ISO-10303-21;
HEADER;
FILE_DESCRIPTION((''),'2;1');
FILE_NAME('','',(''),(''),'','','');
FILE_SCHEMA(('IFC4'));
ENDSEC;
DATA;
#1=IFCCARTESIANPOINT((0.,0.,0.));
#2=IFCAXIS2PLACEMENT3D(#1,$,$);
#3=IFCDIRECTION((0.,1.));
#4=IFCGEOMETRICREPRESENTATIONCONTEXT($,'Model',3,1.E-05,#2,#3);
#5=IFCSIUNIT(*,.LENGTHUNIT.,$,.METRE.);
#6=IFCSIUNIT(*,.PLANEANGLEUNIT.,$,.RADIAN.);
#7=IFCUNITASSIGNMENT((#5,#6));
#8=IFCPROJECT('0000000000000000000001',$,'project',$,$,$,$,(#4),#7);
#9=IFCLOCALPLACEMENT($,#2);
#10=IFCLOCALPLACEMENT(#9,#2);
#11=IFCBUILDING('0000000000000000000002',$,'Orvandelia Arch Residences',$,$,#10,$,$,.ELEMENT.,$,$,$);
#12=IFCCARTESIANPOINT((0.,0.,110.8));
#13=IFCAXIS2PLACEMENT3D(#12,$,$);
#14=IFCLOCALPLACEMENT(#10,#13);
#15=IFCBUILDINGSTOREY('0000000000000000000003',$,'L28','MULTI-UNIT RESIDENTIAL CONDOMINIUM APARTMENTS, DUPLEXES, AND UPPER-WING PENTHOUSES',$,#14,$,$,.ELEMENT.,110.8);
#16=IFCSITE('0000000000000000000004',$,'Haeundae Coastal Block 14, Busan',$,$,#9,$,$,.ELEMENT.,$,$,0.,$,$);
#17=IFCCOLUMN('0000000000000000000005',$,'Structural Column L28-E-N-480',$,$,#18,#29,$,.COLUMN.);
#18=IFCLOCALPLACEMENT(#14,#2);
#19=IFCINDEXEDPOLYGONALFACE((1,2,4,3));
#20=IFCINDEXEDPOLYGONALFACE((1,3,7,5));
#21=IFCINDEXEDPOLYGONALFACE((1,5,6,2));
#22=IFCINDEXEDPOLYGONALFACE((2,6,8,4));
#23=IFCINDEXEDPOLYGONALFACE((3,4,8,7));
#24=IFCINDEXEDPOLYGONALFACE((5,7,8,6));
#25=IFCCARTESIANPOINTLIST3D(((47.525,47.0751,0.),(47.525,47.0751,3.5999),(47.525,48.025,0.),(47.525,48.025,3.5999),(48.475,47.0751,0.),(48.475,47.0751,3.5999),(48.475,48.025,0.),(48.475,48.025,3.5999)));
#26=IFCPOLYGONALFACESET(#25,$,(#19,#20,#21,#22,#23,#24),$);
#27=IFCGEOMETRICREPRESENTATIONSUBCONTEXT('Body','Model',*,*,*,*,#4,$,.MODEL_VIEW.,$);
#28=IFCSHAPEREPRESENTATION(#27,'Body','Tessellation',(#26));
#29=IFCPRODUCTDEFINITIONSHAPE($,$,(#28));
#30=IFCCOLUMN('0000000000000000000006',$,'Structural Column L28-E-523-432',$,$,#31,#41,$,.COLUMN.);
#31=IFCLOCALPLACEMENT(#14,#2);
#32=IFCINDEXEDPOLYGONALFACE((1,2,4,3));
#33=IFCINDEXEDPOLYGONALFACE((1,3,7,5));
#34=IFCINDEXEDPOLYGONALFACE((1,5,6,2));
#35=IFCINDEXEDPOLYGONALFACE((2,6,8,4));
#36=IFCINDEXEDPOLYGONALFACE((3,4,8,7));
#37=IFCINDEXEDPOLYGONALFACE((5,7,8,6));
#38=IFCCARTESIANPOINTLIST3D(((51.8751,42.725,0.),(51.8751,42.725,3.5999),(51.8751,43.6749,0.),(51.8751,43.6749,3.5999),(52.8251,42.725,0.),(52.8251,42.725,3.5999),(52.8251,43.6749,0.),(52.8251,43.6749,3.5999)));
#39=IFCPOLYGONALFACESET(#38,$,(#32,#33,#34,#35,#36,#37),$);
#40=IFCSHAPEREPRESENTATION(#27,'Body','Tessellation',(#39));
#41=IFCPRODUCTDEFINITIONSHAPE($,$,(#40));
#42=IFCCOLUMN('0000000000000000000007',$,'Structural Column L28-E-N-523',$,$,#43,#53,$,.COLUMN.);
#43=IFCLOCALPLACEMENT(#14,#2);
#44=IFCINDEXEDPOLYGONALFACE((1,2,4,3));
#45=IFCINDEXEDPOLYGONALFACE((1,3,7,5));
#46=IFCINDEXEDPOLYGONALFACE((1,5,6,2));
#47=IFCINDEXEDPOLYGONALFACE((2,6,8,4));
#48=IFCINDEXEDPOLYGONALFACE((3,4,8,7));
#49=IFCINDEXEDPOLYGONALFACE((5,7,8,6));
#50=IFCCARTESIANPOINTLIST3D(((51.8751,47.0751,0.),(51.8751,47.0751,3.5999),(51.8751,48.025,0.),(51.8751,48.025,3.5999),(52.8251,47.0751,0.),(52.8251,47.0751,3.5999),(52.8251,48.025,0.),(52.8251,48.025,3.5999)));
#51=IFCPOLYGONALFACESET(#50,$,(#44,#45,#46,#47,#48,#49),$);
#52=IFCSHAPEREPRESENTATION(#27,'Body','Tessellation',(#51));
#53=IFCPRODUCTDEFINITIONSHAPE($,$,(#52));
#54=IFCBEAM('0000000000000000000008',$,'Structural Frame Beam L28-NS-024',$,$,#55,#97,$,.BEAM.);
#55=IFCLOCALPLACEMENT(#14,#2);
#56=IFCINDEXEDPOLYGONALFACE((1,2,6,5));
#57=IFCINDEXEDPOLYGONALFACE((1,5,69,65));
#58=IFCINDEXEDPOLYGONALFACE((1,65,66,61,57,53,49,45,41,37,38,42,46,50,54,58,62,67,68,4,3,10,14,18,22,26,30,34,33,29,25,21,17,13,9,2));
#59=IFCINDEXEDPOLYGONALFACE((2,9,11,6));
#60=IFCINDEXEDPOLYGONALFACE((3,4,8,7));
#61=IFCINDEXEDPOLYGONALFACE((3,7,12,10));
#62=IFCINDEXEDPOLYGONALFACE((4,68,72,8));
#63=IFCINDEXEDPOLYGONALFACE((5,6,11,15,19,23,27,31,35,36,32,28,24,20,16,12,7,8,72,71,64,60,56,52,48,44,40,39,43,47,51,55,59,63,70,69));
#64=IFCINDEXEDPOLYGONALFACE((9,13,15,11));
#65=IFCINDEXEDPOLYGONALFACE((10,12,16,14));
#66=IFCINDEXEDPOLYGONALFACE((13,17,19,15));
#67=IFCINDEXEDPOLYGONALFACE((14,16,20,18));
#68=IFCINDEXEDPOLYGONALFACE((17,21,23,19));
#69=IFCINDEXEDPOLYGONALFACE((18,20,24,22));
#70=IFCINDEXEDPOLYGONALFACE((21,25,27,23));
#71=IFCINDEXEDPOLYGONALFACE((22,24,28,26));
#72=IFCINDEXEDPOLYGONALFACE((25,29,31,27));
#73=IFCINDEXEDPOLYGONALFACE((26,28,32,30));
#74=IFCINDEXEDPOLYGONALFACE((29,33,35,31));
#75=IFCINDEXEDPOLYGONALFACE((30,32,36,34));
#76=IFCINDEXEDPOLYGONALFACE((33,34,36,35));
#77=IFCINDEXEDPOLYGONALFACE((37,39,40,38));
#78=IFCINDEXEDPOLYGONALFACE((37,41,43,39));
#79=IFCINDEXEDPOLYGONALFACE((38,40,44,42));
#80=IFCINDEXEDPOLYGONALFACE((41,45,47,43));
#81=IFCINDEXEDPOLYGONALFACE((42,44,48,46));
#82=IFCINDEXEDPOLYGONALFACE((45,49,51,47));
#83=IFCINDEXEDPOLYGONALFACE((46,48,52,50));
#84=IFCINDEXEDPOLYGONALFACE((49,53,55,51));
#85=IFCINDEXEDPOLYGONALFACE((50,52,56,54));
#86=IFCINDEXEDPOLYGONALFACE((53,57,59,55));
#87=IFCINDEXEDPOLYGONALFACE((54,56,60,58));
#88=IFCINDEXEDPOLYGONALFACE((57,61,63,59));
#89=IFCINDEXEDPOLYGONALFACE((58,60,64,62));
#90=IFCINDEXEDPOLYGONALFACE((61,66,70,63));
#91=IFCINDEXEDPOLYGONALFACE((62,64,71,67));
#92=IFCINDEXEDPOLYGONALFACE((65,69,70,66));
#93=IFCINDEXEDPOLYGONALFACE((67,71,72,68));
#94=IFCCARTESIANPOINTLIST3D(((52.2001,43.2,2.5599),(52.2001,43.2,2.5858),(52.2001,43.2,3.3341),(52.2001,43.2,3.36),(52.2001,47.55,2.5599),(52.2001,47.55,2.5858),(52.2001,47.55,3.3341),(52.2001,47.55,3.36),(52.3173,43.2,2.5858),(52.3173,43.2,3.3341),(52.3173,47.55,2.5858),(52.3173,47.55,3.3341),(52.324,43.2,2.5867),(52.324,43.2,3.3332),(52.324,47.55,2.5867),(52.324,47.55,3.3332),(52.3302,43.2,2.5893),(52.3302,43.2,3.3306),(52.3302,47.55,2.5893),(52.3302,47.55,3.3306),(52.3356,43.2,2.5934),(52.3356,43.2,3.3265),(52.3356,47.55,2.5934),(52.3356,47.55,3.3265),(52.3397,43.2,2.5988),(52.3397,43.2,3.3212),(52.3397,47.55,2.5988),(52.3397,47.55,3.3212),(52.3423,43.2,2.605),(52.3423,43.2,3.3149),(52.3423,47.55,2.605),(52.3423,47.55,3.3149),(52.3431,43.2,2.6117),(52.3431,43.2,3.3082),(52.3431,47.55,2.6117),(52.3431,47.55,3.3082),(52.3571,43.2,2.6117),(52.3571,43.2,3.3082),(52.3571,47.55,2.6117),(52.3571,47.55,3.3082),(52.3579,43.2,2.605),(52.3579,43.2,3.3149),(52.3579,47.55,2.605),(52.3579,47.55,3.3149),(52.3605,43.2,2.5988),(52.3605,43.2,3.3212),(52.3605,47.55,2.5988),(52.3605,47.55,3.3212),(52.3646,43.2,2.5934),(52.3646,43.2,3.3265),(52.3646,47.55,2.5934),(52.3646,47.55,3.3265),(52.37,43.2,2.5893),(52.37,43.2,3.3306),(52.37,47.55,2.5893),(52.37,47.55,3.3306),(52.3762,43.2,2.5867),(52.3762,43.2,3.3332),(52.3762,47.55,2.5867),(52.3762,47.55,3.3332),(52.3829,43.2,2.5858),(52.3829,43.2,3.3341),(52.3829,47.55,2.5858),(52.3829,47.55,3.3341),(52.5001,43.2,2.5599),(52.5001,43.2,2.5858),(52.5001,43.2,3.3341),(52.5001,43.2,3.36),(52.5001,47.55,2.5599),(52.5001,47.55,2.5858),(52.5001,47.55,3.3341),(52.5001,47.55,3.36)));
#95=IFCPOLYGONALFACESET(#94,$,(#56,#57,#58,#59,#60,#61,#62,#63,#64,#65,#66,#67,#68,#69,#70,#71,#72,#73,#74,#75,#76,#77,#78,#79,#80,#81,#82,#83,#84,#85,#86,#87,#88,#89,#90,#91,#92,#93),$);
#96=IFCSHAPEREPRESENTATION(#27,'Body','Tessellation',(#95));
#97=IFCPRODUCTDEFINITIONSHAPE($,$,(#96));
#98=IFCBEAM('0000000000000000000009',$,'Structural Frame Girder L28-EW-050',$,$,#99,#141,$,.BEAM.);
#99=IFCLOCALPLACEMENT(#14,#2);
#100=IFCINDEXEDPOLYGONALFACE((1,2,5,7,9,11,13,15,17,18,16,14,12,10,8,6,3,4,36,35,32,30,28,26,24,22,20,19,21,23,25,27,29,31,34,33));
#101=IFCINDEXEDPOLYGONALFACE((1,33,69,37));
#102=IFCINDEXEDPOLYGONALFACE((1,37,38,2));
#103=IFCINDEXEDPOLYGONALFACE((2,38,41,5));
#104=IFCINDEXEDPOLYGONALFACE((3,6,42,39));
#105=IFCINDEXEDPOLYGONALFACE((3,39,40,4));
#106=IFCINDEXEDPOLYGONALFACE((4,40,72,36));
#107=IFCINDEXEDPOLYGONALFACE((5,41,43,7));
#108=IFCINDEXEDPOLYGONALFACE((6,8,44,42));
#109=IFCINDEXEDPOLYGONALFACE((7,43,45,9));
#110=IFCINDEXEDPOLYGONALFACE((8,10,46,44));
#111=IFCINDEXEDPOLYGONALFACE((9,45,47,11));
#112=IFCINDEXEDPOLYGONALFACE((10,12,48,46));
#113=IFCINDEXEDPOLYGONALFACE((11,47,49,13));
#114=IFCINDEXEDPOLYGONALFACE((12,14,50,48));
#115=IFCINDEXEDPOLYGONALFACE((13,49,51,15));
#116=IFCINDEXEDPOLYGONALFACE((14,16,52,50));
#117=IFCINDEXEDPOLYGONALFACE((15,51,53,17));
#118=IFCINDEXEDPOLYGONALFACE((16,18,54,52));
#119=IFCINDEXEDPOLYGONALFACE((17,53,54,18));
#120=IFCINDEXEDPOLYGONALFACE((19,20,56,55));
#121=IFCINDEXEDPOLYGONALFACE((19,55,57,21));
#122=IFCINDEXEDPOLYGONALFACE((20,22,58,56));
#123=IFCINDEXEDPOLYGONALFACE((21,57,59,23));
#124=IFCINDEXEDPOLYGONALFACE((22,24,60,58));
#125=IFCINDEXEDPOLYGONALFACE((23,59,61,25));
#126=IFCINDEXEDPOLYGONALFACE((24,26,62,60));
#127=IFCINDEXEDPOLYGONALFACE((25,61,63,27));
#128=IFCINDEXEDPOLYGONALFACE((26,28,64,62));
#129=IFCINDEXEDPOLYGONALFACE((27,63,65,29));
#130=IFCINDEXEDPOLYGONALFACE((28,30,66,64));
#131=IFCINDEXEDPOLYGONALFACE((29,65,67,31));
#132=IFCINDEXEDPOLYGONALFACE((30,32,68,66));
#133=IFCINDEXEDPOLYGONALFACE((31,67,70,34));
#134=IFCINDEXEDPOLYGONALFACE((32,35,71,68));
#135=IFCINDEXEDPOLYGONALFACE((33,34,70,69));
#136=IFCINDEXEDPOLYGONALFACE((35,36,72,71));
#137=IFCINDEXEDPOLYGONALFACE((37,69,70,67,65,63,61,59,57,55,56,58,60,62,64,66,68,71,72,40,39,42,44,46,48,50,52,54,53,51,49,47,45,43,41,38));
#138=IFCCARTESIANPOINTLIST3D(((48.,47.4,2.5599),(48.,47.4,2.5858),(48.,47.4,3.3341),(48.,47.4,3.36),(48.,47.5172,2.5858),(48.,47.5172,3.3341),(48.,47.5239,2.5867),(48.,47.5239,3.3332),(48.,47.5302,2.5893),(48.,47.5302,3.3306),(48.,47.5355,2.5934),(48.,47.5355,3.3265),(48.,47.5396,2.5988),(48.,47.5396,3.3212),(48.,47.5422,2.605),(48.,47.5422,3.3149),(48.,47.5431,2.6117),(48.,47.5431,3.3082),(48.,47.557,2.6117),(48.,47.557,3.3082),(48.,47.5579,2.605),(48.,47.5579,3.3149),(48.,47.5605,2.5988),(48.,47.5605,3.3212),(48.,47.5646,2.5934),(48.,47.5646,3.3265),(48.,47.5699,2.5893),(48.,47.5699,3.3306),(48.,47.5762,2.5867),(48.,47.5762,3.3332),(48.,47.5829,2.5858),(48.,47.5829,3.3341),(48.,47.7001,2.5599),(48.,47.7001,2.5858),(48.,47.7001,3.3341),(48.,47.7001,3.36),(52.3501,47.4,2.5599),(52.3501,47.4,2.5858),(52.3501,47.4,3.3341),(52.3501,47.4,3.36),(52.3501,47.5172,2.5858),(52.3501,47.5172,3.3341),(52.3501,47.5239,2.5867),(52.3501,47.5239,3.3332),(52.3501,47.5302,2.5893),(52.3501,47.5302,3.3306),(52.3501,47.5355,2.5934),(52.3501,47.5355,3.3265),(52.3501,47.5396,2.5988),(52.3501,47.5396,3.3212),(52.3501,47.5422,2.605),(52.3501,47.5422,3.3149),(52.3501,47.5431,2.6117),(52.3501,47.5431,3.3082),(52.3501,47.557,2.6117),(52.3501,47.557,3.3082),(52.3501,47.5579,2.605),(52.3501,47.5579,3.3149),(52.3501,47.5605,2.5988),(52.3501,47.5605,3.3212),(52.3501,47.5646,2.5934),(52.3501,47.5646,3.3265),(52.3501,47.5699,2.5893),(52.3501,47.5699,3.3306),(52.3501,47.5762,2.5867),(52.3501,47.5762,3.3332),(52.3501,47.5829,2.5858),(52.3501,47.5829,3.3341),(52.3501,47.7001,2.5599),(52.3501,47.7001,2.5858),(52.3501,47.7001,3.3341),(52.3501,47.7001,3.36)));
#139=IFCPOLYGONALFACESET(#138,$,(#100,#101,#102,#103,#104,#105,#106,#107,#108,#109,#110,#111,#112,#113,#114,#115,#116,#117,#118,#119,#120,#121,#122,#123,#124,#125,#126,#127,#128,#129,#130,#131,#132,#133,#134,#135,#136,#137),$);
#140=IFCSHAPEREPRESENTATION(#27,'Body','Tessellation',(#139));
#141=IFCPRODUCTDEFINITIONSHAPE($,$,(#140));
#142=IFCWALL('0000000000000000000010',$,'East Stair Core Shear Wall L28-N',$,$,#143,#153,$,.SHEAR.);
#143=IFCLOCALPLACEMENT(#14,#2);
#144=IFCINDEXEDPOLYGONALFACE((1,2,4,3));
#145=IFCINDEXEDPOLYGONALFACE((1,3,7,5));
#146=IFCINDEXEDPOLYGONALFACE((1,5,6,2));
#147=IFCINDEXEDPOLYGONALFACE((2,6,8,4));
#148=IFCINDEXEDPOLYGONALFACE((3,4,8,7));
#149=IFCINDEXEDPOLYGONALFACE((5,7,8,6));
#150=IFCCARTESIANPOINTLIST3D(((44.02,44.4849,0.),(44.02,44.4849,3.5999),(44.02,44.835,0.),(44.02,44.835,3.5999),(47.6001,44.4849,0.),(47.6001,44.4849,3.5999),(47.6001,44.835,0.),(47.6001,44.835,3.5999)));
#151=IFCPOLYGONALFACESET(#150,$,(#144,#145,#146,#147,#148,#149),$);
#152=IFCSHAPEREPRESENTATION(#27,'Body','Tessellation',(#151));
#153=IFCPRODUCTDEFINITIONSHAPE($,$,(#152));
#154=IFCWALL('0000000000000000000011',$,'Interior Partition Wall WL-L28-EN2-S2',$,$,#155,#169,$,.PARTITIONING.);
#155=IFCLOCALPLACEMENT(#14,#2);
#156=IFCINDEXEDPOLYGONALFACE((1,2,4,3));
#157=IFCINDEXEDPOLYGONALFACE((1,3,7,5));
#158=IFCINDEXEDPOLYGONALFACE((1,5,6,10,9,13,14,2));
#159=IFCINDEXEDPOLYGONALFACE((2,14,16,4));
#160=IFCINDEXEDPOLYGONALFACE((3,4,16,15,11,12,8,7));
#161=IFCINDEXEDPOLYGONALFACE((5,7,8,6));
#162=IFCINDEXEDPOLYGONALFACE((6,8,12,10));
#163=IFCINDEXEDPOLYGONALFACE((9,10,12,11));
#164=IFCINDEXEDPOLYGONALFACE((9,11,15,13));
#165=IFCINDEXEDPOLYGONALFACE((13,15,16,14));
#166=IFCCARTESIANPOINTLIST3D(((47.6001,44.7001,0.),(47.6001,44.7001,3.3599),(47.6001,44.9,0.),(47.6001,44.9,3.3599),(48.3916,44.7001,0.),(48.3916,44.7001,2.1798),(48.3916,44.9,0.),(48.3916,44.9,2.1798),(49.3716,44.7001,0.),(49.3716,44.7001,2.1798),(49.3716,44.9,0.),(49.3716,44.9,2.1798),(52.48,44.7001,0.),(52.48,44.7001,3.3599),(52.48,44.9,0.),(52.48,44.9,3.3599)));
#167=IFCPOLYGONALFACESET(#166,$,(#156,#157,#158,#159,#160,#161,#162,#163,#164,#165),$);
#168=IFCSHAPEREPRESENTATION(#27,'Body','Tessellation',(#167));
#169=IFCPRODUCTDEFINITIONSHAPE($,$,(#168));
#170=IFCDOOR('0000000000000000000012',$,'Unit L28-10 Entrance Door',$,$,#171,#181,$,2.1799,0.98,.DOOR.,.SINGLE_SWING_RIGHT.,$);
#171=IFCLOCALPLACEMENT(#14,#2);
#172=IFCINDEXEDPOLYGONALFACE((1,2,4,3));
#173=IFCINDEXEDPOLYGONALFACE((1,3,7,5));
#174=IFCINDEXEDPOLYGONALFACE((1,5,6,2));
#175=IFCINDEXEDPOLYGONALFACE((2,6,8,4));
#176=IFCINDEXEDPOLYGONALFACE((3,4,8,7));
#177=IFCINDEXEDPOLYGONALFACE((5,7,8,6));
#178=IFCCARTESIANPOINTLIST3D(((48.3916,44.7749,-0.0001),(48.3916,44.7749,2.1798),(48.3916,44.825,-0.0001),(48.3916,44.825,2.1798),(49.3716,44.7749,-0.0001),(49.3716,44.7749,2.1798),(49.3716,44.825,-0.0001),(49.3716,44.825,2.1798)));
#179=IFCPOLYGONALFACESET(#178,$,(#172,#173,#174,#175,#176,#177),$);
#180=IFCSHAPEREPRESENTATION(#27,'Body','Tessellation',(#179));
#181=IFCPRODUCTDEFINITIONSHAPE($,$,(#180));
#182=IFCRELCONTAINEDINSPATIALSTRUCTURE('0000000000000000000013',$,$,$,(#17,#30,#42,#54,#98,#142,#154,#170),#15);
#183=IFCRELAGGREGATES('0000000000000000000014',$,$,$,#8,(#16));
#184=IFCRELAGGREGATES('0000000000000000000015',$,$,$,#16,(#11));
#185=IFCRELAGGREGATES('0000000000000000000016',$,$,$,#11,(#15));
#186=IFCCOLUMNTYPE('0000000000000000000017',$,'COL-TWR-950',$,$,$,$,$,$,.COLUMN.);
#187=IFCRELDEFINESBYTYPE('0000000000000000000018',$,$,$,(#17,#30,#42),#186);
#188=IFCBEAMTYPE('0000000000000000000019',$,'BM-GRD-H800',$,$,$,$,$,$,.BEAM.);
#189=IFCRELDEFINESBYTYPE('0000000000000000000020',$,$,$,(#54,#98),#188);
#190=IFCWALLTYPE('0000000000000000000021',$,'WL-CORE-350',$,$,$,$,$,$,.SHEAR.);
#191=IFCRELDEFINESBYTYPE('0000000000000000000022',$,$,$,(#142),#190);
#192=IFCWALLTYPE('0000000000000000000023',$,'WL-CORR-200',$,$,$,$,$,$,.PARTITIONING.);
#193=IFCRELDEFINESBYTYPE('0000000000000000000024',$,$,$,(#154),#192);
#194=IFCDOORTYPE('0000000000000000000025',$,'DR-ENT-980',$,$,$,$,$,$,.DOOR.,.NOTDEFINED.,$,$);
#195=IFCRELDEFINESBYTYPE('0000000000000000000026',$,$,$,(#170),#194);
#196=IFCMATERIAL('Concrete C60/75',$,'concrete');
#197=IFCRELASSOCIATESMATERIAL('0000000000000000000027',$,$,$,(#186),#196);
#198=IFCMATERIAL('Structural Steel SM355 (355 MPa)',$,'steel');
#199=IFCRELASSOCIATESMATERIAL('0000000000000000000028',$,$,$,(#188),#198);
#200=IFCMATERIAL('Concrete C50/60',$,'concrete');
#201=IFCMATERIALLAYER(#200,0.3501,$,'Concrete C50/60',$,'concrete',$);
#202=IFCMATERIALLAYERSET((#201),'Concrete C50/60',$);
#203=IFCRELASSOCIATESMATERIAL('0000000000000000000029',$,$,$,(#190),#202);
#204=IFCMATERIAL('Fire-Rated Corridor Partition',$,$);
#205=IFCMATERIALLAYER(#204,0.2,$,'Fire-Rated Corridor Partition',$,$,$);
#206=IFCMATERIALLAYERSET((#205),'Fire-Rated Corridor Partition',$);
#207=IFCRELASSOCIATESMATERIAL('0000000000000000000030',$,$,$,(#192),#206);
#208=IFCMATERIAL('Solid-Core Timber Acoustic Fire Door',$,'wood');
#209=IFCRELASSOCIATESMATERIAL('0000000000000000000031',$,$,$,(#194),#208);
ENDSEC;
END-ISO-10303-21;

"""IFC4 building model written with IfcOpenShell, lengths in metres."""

from ifc_helpers import new_model, si_unit, direction, frame, frame_2d, origin, origin_2d, place, context, subcontext, project, spatial, rectangle, i_section, extrude, material, layer, layer_set, material_profile, profile_set, type_object, element, fill, save


model = new_model("IFC4")

# Units and contexts
model_context = context("Model", 3, precision=1e-05, world=origin(), true_north=direction((0.0, 1.0)))
body_context = subcontext(model_context, "Body", "Model", "MODEL_VIEW")
ifc_project = project(units=[si_unit("LENGTHUNIT", "METRE"), si_unit("PLANEANGLEUNIT", "RADIAN")], contexts=[model_context])

# Site, building, storey
site_placement = place(None, origin())
site = spatial("IfcSite", under=ifc_project, at=site_placement, Name="Haeundae Coastal Block 14, Busan", CompositionType="ELEMENT", RefElevation=0.0)
building_placement = place(site_placement, origin())
building = spatial("IfcBuilding", under=site, at=building_placement, Name="Orvandelia Arch Residences", CompositionType="ELEMENT")
storey_placement = place(building_placement, frame((0.0, 0.0, 110.8)))
storey = spatial("IfcBuildingStorey", under=building, at=storey_placement, Name="L28", Description="MULTI-UNIT RESIDENTIAL CONDOMINIUM APARTMENTS, DUPLEXES, AND UPPER-WING PENTHOUSES", CompositionType="ELEMENT", Elevation=110.8)

# Columns
ifc_material_1 = material(Name="Concrete C60/75", Category="concrete")
ifc_material_profile_1 = material_profile(ifc_material_1, rectangle(XDim=0.95, YDim=0.95, at=origin_2d()), Name="Concrete C60/75", Category="concrete")
ifc_profile_set_1 = profile_set([ifc_material_profile_1], Name="Concrete C60/75")
column_type = type_object("IfcColumnType", Name="COL-TWR-950", PredefinedType="COLUMN", material=ifc_profile_set_1)
for number, where, z_axis, x_axis, name in (
    (1, (48.0, 47.55, 0.0), (0.0, 0.0, 1.0), (1.0, 0.0, 0.0), "Structural Column L28-E-N-480"),
    (2, (52.3501, 43.2, 0.0), (0.0, 0.0, 1.0), (1.0, 0.0, 0.0), "Structural Column L28-E-523-432"),
    (3, (52.3501, 47.55, 0.0), (0.0, 0.0, 1.0), (1.0, 0.0, 0.0), "Structural Column L28-E-N-523"),
):
    element("IfcColumn", number, at=place(storey_placement, frame(where, z_axis=z_axis, x_axis=x_axis)), inside=storey, type_object=column_type, Name=name, PredefinedType="COLUMN", context=body_context, shape_type="SweptSolid", body=[
        extrude(rectangle(XDim=0.95, YDim=0.95, at=origin_2d()), origin(), (0.0, 0.0, 1.0), 3.5999),
    ])

# Beams
ifc_material_2 = material(Name="Structural Steel SM355 (355 MPa)", Category="steel")
ifc_material_profile_2 = material_profile(ifc_material_2, i_section(OverallWidth=0.3, OverallDepth=0.8, WebThickness=0.0139, FlangeThickness=0.0259, FilletRadius=0.0259, at=origin_2d()), Name="Structural Steel SM355 (355 MPa)", Category="steel")
ifc_profile_set_2 = profile_set([ifc_material_profile_2], Name="Structural Steel SM355 (355 MPa)")
beam_type = type_object("IfcBeamType", Name="BM-GRD-H800", PredefinedType="BEAM", material=ifc_profile_set_2)
for number, where, z_axis, x_axis, name in (
    (4, (52.3501, 43.2, 2.96), (0.0, 1.0, 0.0), (-1.0, 0.0, 0.0), "Structural Frame Beam L28-NS-024"),
    (5, (48.0, 47.55, 2.96), (1.0, 0.0, 0.0), (0.0, 1.0, 0.0), "Structural Frame Girder L28-EW-050"),
):
    element("IfcBeam", number, at=place(storey_placement, frame(where, z_axis=z_axis, x_axis=x_axis)), inside=storey, type_object=beam_type, Name=name, PredefinedType="BEAM", context=body_context, shape_type="SweptSolid", body=[
        extrude(i_section(OverallWidth=0.3, OverallDepth=0.8, WebThickness=0.0139, FlangeThickness=0.0259, FilletRadius=0.0259, at=origin_2d()), origin(), (0.0, 0.0, 1.0), 4.3501),
    ])

# Wall
ifc_material_3 = material(Name="Concrete C50/60", Category="concrete")
ifc_layer_1 = layer(ifc_material_3, 0.3501, Name="Concrete C50/60", Category="concrete")
ifc_layer_set_1 = layer_set([ifc_layer_1], Name="Concrete C50/60")
wall_type_1 = type_object("IfcWallType", Name="WL-CORE-350", PredefinedType="SHEAR", material=ifc_layer_set_1)
wall_1_placement = place(storey_placement, frame((44.02, 44.6599, 0.0), z_axis=(0.0, 0.0, 1.0), x_axis=(1.0, 0.0, 0.0)))
element("IfcWall", 6, at=wall_1_placement, inside=storey, type_object=wall_type_1, Name="East Stair Core Shear Wall L28-N", PredefinedType="SHEAR", context=body_context, shape_type="SweptSolid", body=[
    extrude(rectangle(XDim=3.5801, YDim=0.3501, at=frame_2d((1.79, 0.0))), origin(), (0.0, 0.0, 1.0), 3.5999),
])

# Wall, opening, door
ifc_material_4 = material(Name="Fire-Rated Corridor Partition")
ifc_layer_2 = layer(ifc_material_4, 0.2, Name="Fire-Rated Corridor Partition")
ifc_layer_set_2 = layer_set([ifc_layer_2], Name="Fire-Rated Corridor Partition")
wall_type_2 = type_object("IfcWallType", Name="WL-CORR-200", PredefinedType="PARTITIONING", material=ifc_layer_set_2)
wall_2_placement = place(storey_placement, frame((47.6001, 44.8, 0.0), z_axis=(0.0, 0.0, 1.0), x_axis=(1.0, 0.0, 0.0)))
wall_2 = element("IfcWall", 7, at=wall_2_placement, inside=storey, type_object=wall_type_2, Name="Interior Partition Wall WL-L28-EN2-S2", PredefinedType="PARTITIONING", context=body_context, shape_type="SweptSolid", body=[
    extrude(rectangle(XDim=4.8799, YDim=0.2, at=frame_2d((2.4399, 0.0))), origin(), (0.0, 0.0, 1.0), 3.3599),
])
opening_1_placement = place(wall_2_placement, frame((0.7915, 0.0, 0.0)))
opening_1 = element("IfcOpeningElement", 8, at=opening_1_placement, cuts=wall_2, PredefinedType="OPENING", context=body_context, shape_type="SweptSolid", body=[
    extrude(rectangle(XDim=0.98, YDim=2.1799, at=frame_2d((0.49, 1.0898))), frame((0.0, 0.1099, 0.0), z_axis=(0.0, -1.0, 0.0), x_axis=(1.0, 0.0, 0.0)), (0.0, 0.0, 1.0), 0.22),
])
ifc_material_5 = material(Name="Solid-Core Timber Acoustic Fire Door", Category="wood")
door_type_1 = type_object("IfcDoorType", Name="DR-ENT-980", OperationType="NOTDEFINED", PredefinedType="DOOR", material=ifc_material_5)
door_1_placement = place(opening_1_placement, origin())
door_1 = element("IfcDoor", 9, at=door_1_placement, inside=storey, type_object=door_type_1, Name="Unit L28-10 Entrance Door", OperationType="SINGLE_SWING_RIGHT", OverallHeight=2.1799, OverallWidth=0.98, PredefinedType="DOOR", context=body_context, shape_type="SweptSolid", body=[
    extrude(rectangle(XDim=0.98, YDim=2.1799, at=frame_2d((0.49, 1.0898))), frame((0.0, 0.0249, 0.0), z_axis=(0.0, -1.0, 0.0), x_axis=(1.0, 0.0, 0.0)), (0.0, 0.0, 1.0), 0.05),
])
fill(opening_1, door_1)

save(model, "model.ifc")
